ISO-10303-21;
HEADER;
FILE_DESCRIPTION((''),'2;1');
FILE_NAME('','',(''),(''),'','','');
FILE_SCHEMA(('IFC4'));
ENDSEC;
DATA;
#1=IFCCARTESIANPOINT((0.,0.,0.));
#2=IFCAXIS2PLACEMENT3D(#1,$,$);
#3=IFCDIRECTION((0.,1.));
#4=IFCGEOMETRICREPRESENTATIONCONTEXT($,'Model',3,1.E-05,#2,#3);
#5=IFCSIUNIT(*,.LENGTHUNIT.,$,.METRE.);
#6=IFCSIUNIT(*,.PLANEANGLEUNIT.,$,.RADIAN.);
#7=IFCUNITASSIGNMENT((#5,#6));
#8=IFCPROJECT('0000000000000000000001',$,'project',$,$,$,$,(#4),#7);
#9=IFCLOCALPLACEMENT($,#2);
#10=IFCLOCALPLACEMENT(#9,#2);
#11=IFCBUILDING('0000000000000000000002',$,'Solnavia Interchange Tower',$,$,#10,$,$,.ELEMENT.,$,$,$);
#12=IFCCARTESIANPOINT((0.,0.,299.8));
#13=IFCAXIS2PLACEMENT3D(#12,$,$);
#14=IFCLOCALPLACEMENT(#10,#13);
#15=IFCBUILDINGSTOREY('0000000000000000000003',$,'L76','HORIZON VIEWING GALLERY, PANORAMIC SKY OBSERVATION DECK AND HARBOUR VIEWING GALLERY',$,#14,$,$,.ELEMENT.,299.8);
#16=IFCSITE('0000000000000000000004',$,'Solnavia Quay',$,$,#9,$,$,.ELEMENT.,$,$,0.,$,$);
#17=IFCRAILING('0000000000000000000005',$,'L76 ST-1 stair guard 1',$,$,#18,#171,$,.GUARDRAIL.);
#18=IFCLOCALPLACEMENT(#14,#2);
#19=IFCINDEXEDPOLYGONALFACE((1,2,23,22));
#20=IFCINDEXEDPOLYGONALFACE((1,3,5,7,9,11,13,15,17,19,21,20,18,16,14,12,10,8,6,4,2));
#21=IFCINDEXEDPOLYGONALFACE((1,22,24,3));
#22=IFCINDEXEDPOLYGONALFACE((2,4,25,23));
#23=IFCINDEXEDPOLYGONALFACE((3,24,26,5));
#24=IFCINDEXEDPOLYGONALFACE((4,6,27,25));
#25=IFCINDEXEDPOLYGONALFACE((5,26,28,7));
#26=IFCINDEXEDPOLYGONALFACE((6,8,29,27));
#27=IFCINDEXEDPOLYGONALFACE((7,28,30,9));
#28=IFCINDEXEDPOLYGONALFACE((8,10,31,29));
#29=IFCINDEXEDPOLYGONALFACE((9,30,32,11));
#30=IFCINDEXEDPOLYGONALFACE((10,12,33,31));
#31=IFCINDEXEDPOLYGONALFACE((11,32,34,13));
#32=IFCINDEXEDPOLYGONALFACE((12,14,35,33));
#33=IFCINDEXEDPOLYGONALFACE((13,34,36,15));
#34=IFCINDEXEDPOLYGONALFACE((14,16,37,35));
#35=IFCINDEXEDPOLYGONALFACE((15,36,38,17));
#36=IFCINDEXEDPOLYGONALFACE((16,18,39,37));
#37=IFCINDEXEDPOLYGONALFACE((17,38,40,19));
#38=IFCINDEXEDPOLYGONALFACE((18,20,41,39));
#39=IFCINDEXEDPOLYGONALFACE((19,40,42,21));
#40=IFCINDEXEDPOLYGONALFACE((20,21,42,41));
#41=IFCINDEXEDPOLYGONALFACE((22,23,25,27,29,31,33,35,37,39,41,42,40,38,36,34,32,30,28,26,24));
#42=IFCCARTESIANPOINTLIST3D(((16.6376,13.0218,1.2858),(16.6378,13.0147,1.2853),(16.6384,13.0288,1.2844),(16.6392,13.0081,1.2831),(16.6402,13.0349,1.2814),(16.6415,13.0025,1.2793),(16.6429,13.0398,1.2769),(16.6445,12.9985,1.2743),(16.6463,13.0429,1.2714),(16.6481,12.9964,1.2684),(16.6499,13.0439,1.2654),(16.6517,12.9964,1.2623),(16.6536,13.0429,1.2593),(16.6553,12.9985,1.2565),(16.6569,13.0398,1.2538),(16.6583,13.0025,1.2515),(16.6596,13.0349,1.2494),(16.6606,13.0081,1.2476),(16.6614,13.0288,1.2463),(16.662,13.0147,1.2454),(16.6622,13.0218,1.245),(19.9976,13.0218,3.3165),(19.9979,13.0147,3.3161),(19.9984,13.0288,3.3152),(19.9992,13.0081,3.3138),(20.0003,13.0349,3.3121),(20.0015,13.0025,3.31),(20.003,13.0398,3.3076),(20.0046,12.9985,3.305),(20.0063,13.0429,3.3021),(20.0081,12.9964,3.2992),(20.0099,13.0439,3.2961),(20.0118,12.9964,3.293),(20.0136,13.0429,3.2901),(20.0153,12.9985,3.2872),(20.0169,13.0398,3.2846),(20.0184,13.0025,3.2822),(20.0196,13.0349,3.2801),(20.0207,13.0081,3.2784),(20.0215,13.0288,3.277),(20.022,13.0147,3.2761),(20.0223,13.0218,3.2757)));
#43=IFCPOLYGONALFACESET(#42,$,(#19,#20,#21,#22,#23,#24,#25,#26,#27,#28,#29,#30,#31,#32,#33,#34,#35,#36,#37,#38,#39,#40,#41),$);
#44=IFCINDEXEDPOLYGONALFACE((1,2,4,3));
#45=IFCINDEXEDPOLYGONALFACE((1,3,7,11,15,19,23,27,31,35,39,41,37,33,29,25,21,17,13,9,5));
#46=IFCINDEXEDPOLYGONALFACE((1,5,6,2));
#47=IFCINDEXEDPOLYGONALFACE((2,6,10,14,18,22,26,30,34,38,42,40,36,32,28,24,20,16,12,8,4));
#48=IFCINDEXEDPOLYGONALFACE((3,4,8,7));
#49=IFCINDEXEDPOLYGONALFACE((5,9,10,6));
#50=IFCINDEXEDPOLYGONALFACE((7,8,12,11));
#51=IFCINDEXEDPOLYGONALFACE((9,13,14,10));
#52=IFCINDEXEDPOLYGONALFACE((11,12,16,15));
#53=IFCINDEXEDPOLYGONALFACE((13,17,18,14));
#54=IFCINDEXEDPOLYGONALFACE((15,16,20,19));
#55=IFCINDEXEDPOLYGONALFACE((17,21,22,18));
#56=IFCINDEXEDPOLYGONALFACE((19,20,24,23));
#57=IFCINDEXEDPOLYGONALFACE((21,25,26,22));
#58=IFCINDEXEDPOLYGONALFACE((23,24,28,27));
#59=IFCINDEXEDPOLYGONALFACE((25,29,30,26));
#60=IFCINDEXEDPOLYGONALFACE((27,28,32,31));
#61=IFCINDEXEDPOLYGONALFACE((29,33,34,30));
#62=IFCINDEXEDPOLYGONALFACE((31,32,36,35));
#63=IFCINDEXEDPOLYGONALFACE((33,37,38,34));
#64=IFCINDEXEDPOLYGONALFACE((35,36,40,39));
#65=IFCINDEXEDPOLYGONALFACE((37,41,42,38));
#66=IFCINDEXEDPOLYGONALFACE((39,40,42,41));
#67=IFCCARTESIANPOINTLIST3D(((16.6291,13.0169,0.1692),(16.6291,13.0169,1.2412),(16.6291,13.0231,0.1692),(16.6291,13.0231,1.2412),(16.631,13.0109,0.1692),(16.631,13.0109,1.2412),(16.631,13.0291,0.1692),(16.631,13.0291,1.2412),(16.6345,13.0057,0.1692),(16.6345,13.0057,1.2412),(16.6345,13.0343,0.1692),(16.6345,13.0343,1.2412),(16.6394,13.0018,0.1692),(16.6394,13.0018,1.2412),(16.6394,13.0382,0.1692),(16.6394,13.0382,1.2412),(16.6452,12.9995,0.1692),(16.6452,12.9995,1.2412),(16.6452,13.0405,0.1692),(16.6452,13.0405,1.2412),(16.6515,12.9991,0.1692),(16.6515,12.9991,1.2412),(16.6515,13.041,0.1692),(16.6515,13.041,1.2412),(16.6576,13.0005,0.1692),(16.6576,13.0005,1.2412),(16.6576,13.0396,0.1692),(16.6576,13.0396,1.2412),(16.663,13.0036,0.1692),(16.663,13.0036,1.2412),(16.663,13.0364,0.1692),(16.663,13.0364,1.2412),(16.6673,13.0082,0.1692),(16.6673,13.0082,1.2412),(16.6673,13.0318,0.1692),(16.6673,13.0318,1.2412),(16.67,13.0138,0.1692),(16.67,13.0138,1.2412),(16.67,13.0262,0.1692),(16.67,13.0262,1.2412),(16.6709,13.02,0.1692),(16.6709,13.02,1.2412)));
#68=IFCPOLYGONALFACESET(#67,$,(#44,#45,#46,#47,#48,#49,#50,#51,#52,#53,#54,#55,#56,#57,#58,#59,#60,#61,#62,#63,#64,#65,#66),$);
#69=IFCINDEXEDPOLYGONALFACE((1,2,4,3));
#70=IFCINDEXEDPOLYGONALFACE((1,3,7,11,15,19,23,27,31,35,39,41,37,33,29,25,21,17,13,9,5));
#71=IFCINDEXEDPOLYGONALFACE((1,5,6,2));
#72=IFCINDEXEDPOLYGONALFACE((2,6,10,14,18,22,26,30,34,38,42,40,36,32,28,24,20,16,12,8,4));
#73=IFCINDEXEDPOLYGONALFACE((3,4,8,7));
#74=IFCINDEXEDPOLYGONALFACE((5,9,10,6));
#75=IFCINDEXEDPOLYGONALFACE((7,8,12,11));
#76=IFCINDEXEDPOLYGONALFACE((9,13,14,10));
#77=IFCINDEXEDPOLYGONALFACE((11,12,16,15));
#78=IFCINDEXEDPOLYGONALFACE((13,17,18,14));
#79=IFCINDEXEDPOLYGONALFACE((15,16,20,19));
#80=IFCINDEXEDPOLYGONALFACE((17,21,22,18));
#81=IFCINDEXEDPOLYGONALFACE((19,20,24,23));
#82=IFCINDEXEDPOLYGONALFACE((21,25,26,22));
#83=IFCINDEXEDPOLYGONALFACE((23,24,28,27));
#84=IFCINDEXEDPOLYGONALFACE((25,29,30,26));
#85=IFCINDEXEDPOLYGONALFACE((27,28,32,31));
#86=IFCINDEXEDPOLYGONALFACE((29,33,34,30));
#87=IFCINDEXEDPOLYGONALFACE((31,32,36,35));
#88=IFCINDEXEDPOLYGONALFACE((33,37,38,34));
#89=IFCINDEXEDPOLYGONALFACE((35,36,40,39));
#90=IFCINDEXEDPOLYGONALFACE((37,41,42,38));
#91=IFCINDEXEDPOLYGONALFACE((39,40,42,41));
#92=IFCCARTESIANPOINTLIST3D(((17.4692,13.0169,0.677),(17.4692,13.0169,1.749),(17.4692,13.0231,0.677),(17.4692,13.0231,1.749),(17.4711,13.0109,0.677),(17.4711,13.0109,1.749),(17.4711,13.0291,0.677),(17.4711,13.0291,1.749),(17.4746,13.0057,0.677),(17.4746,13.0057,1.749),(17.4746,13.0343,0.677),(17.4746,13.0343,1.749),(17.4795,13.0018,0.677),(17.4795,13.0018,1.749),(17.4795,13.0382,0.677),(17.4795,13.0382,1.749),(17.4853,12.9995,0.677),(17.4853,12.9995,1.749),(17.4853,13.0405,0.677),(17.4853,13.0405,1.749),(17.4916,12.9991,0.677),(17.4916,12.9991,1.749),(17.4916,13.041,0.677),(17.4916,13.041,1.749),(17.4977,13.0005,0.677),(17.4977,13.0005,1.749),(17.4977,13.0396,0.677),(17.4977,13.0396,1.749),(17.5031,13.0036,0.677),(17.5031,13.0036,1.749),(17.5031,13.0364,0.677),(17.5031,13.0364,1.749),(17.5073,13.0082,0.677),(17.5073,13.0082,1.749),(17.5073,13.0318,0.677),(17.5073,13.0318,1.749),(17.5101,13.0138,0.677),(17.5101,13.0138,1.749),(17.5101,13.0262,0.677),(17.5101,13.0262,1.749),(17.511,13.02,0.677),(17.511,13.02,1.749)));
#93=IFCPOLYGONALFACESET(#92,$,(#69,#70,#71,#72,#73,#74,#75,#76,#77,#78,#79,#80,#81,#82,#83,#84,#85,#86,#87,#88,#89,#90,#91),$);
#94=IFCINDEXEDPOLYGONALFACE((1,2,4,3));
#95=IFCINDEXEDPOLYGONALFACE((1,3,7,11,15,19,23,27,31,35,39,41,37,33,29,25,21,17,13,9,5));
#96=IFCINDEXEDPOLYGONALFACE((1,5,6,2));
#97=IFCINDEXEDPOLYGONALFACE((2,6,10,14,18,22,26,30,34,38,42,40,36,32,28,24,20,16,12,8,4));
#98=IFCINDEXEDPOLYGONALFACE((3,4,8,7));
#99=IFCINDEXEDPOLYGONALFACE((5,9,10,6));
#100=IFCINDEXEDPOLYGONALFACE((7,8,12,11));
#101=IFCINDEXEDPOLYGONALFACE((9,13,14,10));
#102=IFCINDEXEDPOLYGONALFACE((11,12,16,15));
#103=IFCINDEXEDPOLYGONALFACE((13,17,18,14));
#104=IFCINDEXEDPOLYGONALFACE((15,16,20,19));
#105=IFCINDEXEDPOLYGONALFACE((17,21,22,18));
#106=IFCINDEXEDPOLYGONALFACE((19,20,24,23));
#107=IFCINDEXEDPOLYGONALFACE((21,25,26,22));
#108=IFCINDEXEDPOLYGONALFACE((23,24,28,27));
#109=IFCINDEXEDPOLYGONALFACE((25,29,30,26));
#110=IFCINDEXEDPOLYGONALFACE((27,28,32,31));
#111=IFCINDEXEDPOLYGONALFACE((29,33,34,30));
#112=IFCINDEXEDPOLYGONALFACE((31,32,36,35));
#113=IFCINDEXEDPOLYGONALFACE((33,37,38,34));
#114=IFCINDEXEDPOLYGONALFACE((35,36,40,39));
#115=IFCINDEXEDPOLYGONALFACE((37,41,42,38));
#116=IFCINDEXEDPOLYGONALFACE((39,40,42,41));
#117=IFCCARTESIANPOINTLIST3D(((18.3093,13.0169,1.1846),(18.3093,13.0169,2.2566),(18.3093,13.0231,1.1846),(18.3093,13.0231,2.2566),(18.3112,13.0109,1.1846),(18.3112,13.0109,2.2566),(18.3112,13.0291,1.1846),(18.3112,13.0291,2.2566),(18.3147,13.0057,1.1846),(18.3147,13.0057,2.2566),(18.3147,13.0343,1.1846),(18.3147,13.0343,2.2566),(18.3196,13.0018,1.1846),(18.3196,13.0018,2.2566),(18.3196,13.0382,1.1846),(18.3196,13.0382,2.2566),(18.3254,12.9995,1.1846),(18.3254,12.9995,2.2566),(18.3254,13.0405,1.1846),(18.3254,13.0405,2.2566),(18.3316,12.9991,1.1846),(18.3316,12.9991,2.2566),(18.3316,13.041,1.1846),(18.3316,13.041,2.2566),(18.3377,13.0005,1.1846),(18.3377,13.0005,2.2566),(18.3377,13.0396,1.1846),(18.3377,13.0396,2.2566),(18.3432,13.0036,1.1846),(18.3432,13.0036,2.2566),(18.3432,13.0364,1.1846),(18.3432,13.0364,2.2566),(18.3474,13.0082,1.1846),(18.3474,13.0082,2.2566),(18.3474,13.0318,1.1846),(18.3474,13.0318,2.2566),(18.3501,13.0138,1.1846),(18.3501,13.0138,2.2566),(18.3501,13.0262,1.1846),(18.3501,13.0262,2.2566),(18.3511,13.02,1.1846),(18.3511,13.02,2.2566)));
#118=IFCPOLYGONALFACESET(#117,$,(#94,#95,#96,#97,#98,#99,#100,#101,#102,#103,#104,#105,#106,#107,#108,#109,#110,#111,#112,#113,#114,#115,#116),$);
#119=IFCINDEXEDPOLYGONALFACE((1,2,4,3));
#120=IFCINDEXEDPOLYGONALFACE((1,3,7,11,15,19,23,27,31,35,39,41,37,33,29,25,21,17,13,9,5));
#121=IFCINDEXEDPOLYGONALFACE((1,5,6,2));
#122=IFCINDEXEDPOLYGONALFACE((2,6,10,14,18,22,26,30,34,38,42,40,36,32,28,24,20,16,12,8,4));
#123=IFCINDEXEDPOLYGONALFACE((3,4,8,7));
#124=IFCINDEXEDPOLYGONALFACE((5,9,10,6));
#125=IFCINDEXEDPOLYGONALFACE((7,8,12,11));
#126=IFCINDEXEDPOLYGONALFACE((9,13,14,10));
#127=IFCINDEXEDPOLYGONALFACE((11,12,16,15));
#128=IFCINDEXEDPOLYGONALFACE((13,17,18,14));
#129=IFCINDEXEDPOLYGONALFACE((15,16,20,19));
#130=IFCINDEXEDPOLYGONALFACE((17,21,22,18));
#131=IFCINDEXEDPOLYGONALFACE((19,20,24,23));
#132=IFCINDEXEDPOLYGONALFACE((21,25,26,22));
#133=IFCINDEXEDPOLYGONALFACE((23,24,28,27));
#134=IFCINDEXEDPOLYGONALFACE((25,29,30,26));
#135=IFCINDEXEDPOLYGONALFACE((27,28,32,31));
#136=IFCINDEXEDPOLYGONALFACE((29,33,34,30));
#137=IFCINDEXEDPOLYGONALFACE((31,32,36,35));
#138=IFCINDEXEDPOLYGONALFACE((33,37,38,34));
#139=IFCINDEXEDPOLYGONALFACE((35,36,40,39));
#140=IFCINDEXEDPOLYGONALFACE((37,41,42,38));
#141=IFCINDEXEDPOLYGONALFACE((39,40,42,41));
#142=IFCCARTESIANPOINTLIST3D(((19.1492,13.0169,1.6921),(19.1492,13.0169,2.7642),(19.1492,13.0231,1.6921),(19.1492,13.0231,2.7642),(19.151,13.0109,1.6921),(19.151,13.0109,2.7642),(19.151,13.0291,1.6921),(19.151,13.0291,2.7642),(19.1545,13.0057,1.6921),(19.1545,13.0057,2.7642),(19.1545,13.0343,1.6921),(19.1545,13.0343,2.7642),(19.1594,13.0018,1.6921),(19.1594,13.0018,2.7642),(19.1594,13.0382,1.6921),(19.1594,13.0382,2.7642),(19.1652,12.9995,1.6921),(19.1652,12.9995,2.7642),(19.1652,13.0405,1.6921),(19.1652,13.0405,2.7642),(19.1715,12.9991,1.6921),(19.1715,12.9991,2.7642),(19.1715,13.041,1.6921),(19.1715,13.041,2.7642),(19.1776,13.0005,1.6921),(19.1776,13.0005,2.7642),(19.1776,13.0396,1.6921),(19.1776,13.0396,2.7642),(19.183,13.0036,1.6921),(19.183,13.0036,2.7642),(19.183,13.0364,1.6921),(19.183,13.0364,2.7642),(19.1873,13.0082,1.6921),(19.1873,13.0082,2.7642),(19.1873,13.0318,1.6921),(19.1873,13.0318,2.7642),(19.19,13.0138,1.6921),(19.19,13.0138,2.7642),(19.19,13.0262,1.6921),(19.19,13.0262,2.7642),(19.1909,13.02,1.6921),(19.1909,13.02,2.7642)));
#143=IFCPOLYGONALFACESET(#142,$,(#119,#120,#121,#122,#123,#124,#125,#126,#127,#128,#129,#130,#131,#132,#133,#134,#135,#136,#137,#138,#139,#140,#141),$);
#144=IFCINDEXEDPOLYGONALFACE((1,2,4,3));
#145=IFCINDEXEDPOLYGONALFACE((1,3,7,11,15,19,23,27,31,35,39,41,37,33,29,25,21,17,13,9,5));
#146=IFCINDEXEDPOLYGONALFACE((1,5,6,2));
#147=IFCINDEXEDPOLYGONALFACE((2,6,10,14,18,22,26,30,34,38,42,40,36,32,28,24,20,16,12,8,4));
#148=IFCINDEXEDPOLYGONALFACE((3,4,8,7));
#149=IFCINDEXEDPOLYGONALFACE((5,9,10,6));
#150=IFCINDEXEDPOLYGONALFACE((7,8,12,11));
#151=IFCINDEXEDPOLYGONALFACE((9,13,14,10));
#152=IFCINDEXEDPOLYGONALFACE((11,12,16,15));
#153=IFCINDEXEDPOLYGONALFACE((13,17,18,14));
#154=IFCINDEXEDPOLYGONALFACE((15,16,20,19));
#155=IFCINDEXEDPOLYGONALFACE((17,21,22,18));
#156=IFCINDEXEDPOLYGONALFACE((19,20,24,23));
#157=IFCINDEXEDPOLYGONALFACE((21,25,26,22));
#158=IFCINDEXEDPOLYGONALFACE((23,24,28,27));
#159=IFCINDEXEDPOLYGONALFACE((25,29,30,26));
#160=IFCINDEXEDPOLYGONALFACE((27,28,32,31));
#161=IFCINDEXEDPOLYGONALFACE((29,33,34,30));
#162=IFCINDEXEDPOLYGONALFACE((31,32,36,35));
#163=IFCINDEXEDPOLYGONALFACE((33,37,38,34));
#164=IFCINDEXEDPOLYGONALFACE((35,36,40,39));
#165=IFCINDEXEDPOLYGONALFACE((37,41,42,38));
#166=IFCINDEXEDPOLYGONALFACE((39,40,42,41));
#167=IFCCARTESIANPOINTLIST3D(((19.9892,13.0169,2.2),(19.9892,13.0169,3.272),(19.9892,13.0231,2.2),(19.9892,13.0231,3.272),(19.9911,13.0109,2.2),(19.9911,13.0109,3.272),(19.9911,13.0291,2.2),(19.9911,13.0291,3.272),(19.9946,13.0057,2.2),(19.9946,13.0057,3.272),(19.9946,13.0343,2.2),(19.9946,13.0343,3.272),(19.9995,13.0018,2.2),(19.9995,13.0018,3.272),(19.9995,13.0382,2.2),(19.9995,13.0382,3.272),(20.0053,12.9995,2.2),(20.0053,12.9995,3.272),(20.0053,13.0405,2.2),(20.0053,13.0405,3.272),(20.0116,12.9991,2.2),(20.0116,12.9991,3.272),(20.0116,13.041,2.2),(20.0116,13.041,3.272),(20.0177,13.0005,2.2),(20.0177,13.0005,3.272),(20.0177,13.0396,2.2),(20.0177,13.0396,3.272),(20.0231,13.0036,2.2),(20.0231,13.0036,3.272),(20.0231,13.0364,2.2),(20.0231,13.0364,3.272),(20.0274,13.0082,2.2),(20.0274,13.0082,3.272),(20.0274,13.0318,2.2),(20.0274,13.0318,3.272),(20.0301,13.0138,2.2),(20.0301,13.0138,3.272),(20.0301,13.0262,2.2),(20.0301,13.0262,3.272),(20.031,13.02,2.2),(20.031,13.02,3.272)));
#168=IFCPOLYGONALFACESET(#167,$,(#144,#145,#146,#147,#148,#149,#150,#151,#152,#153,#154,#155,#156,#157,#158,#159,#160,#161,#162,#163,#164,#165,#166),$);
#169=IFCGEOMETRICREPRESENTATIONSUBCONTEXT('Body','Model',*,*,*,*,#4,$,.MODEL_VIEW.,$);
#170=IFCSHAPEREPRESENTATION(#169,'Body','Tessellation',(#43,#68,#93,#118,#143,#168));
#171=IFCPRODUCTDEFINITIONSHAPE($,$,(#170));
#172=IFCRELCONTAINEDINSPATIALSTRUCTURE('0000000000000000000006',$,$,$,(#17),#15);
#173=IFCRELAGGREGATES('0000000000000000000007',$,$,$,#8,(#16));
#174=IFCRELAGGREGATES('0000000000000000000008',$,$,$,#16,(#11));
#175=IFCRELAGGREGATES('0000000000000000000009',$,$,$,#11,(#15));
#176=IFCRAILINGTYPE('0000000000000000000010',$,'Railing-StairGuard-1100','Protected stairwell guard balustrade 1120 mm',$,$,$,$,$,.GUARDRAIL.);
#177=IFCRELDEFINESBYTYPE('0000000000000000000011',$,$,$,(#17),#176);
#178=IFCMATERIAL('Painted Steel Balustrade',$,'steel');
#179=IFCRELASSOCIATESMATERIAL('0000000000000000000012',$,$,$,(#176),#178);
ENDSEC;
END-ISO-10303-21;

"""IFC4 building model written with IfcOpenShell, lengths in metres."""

from ifc_helpers import new_model, si_unit, direction, frame, origin, origin_2d, place, context, subcontext, project, spatial, circle, extrude, material, type_object, element, save


model = new_model("IFC4")

# Units and contexts
model_context = context("Model", 3, precision=1e-05, world=origin(), true_north=direction((0.0, 1.0)))
body_context = subcontext(model_context, "Body", "Model", "MODEL_VIEW")
ifc_project = project(units=[si_unit("LENGTHUNIT", "METRE"), si_unit("PLANEANGLEUNIT", "RADIAN")], contexts=[model_context])

# Site, building, storey
site_placement = place(None, origin())
site = spatial("IfcSite", under=ifc_project, at=site_placement, Name="Solnavia Quay", CompositionType="ELEMENT", RefElevation=0.0)
building_placement = place(site_placement, origin())
building = spatial("IfcBuilding", under=site, at=building_placement, Name="Solnavia Interchange Tower", CompositionType="ELEMENT")
storey_placement = place(building_placement, frame((0.0, 0.0, 299.8)))
storey = spatial("IfcBuildingStorey", under=building, at=storey_placement, Name="L76", Description="HORIZON VIEWING GALLERY, PANORAMIC SKY OBSERVATION DECK AND HARBOUR VIEWING GALLERY", CompositionType="ELEMENT", Elevation=299.8)

# Railing
ifc_material_1 = material(Name="Painted Steel Balustrade", Category="steel")
railing_type_1 = type_object("IfcRailingType", Name="Railing-StairGuard-1100", Description="Protected stairwell guard balustrade 1120 mm", PredefinedType="GUARDRAIL", material=ifc_material_1)
railing_1_placement = place(storey_placement, frame((16.6499, 13.02, 0.1692)))
element("IfcRailing", 1, at=railing_1_placement, inside=storey, type_object=railing_type_1, Name="L76 ST-1 stair guard 1", PredefinedType="GUARDRAIL", context=body_context, shape_type="SweptSolid", body=[
    extrude(circle(Radius=0.0239, at=origin_2d()), frame((0.0, 0.0, 1.0962), z_axis=(0.855837, 0.0, 0.517246), x_axis=(0.0, 1.0, 0.0)), (0.0, 0.0, 1.0), 3.926),
    extrude(circle(Radius=0.021, at=origin_2d()), origin(), (0.0, 0.0, 1.0), 1.072),
    extrude(circle(Radius=0.021, at=origin_2d()), frame((0.8401, 0.0, 0.5078)), (0.0, 0.0, 1.0), 1.072),
    extrude(circle(Radius=0.021, at=origin_2d()), frame((1.6802, 0.0, 1.0154)), (0.0, 0.0, 1.0), 1.072),
    extrude(circle(Radius=0.021, at=origin_2d()), frame((2.52, 0.0, 1.5229)), (0.0, 0.0, 1.0), 1.072),
    extrude(circle(Radius=0.021, at=origin_2d()), frame((3.3601, 0.0, 2.0308)), (0.0, 0.0, 1.0), 1.072),
])

save(model, "model.ifc")
